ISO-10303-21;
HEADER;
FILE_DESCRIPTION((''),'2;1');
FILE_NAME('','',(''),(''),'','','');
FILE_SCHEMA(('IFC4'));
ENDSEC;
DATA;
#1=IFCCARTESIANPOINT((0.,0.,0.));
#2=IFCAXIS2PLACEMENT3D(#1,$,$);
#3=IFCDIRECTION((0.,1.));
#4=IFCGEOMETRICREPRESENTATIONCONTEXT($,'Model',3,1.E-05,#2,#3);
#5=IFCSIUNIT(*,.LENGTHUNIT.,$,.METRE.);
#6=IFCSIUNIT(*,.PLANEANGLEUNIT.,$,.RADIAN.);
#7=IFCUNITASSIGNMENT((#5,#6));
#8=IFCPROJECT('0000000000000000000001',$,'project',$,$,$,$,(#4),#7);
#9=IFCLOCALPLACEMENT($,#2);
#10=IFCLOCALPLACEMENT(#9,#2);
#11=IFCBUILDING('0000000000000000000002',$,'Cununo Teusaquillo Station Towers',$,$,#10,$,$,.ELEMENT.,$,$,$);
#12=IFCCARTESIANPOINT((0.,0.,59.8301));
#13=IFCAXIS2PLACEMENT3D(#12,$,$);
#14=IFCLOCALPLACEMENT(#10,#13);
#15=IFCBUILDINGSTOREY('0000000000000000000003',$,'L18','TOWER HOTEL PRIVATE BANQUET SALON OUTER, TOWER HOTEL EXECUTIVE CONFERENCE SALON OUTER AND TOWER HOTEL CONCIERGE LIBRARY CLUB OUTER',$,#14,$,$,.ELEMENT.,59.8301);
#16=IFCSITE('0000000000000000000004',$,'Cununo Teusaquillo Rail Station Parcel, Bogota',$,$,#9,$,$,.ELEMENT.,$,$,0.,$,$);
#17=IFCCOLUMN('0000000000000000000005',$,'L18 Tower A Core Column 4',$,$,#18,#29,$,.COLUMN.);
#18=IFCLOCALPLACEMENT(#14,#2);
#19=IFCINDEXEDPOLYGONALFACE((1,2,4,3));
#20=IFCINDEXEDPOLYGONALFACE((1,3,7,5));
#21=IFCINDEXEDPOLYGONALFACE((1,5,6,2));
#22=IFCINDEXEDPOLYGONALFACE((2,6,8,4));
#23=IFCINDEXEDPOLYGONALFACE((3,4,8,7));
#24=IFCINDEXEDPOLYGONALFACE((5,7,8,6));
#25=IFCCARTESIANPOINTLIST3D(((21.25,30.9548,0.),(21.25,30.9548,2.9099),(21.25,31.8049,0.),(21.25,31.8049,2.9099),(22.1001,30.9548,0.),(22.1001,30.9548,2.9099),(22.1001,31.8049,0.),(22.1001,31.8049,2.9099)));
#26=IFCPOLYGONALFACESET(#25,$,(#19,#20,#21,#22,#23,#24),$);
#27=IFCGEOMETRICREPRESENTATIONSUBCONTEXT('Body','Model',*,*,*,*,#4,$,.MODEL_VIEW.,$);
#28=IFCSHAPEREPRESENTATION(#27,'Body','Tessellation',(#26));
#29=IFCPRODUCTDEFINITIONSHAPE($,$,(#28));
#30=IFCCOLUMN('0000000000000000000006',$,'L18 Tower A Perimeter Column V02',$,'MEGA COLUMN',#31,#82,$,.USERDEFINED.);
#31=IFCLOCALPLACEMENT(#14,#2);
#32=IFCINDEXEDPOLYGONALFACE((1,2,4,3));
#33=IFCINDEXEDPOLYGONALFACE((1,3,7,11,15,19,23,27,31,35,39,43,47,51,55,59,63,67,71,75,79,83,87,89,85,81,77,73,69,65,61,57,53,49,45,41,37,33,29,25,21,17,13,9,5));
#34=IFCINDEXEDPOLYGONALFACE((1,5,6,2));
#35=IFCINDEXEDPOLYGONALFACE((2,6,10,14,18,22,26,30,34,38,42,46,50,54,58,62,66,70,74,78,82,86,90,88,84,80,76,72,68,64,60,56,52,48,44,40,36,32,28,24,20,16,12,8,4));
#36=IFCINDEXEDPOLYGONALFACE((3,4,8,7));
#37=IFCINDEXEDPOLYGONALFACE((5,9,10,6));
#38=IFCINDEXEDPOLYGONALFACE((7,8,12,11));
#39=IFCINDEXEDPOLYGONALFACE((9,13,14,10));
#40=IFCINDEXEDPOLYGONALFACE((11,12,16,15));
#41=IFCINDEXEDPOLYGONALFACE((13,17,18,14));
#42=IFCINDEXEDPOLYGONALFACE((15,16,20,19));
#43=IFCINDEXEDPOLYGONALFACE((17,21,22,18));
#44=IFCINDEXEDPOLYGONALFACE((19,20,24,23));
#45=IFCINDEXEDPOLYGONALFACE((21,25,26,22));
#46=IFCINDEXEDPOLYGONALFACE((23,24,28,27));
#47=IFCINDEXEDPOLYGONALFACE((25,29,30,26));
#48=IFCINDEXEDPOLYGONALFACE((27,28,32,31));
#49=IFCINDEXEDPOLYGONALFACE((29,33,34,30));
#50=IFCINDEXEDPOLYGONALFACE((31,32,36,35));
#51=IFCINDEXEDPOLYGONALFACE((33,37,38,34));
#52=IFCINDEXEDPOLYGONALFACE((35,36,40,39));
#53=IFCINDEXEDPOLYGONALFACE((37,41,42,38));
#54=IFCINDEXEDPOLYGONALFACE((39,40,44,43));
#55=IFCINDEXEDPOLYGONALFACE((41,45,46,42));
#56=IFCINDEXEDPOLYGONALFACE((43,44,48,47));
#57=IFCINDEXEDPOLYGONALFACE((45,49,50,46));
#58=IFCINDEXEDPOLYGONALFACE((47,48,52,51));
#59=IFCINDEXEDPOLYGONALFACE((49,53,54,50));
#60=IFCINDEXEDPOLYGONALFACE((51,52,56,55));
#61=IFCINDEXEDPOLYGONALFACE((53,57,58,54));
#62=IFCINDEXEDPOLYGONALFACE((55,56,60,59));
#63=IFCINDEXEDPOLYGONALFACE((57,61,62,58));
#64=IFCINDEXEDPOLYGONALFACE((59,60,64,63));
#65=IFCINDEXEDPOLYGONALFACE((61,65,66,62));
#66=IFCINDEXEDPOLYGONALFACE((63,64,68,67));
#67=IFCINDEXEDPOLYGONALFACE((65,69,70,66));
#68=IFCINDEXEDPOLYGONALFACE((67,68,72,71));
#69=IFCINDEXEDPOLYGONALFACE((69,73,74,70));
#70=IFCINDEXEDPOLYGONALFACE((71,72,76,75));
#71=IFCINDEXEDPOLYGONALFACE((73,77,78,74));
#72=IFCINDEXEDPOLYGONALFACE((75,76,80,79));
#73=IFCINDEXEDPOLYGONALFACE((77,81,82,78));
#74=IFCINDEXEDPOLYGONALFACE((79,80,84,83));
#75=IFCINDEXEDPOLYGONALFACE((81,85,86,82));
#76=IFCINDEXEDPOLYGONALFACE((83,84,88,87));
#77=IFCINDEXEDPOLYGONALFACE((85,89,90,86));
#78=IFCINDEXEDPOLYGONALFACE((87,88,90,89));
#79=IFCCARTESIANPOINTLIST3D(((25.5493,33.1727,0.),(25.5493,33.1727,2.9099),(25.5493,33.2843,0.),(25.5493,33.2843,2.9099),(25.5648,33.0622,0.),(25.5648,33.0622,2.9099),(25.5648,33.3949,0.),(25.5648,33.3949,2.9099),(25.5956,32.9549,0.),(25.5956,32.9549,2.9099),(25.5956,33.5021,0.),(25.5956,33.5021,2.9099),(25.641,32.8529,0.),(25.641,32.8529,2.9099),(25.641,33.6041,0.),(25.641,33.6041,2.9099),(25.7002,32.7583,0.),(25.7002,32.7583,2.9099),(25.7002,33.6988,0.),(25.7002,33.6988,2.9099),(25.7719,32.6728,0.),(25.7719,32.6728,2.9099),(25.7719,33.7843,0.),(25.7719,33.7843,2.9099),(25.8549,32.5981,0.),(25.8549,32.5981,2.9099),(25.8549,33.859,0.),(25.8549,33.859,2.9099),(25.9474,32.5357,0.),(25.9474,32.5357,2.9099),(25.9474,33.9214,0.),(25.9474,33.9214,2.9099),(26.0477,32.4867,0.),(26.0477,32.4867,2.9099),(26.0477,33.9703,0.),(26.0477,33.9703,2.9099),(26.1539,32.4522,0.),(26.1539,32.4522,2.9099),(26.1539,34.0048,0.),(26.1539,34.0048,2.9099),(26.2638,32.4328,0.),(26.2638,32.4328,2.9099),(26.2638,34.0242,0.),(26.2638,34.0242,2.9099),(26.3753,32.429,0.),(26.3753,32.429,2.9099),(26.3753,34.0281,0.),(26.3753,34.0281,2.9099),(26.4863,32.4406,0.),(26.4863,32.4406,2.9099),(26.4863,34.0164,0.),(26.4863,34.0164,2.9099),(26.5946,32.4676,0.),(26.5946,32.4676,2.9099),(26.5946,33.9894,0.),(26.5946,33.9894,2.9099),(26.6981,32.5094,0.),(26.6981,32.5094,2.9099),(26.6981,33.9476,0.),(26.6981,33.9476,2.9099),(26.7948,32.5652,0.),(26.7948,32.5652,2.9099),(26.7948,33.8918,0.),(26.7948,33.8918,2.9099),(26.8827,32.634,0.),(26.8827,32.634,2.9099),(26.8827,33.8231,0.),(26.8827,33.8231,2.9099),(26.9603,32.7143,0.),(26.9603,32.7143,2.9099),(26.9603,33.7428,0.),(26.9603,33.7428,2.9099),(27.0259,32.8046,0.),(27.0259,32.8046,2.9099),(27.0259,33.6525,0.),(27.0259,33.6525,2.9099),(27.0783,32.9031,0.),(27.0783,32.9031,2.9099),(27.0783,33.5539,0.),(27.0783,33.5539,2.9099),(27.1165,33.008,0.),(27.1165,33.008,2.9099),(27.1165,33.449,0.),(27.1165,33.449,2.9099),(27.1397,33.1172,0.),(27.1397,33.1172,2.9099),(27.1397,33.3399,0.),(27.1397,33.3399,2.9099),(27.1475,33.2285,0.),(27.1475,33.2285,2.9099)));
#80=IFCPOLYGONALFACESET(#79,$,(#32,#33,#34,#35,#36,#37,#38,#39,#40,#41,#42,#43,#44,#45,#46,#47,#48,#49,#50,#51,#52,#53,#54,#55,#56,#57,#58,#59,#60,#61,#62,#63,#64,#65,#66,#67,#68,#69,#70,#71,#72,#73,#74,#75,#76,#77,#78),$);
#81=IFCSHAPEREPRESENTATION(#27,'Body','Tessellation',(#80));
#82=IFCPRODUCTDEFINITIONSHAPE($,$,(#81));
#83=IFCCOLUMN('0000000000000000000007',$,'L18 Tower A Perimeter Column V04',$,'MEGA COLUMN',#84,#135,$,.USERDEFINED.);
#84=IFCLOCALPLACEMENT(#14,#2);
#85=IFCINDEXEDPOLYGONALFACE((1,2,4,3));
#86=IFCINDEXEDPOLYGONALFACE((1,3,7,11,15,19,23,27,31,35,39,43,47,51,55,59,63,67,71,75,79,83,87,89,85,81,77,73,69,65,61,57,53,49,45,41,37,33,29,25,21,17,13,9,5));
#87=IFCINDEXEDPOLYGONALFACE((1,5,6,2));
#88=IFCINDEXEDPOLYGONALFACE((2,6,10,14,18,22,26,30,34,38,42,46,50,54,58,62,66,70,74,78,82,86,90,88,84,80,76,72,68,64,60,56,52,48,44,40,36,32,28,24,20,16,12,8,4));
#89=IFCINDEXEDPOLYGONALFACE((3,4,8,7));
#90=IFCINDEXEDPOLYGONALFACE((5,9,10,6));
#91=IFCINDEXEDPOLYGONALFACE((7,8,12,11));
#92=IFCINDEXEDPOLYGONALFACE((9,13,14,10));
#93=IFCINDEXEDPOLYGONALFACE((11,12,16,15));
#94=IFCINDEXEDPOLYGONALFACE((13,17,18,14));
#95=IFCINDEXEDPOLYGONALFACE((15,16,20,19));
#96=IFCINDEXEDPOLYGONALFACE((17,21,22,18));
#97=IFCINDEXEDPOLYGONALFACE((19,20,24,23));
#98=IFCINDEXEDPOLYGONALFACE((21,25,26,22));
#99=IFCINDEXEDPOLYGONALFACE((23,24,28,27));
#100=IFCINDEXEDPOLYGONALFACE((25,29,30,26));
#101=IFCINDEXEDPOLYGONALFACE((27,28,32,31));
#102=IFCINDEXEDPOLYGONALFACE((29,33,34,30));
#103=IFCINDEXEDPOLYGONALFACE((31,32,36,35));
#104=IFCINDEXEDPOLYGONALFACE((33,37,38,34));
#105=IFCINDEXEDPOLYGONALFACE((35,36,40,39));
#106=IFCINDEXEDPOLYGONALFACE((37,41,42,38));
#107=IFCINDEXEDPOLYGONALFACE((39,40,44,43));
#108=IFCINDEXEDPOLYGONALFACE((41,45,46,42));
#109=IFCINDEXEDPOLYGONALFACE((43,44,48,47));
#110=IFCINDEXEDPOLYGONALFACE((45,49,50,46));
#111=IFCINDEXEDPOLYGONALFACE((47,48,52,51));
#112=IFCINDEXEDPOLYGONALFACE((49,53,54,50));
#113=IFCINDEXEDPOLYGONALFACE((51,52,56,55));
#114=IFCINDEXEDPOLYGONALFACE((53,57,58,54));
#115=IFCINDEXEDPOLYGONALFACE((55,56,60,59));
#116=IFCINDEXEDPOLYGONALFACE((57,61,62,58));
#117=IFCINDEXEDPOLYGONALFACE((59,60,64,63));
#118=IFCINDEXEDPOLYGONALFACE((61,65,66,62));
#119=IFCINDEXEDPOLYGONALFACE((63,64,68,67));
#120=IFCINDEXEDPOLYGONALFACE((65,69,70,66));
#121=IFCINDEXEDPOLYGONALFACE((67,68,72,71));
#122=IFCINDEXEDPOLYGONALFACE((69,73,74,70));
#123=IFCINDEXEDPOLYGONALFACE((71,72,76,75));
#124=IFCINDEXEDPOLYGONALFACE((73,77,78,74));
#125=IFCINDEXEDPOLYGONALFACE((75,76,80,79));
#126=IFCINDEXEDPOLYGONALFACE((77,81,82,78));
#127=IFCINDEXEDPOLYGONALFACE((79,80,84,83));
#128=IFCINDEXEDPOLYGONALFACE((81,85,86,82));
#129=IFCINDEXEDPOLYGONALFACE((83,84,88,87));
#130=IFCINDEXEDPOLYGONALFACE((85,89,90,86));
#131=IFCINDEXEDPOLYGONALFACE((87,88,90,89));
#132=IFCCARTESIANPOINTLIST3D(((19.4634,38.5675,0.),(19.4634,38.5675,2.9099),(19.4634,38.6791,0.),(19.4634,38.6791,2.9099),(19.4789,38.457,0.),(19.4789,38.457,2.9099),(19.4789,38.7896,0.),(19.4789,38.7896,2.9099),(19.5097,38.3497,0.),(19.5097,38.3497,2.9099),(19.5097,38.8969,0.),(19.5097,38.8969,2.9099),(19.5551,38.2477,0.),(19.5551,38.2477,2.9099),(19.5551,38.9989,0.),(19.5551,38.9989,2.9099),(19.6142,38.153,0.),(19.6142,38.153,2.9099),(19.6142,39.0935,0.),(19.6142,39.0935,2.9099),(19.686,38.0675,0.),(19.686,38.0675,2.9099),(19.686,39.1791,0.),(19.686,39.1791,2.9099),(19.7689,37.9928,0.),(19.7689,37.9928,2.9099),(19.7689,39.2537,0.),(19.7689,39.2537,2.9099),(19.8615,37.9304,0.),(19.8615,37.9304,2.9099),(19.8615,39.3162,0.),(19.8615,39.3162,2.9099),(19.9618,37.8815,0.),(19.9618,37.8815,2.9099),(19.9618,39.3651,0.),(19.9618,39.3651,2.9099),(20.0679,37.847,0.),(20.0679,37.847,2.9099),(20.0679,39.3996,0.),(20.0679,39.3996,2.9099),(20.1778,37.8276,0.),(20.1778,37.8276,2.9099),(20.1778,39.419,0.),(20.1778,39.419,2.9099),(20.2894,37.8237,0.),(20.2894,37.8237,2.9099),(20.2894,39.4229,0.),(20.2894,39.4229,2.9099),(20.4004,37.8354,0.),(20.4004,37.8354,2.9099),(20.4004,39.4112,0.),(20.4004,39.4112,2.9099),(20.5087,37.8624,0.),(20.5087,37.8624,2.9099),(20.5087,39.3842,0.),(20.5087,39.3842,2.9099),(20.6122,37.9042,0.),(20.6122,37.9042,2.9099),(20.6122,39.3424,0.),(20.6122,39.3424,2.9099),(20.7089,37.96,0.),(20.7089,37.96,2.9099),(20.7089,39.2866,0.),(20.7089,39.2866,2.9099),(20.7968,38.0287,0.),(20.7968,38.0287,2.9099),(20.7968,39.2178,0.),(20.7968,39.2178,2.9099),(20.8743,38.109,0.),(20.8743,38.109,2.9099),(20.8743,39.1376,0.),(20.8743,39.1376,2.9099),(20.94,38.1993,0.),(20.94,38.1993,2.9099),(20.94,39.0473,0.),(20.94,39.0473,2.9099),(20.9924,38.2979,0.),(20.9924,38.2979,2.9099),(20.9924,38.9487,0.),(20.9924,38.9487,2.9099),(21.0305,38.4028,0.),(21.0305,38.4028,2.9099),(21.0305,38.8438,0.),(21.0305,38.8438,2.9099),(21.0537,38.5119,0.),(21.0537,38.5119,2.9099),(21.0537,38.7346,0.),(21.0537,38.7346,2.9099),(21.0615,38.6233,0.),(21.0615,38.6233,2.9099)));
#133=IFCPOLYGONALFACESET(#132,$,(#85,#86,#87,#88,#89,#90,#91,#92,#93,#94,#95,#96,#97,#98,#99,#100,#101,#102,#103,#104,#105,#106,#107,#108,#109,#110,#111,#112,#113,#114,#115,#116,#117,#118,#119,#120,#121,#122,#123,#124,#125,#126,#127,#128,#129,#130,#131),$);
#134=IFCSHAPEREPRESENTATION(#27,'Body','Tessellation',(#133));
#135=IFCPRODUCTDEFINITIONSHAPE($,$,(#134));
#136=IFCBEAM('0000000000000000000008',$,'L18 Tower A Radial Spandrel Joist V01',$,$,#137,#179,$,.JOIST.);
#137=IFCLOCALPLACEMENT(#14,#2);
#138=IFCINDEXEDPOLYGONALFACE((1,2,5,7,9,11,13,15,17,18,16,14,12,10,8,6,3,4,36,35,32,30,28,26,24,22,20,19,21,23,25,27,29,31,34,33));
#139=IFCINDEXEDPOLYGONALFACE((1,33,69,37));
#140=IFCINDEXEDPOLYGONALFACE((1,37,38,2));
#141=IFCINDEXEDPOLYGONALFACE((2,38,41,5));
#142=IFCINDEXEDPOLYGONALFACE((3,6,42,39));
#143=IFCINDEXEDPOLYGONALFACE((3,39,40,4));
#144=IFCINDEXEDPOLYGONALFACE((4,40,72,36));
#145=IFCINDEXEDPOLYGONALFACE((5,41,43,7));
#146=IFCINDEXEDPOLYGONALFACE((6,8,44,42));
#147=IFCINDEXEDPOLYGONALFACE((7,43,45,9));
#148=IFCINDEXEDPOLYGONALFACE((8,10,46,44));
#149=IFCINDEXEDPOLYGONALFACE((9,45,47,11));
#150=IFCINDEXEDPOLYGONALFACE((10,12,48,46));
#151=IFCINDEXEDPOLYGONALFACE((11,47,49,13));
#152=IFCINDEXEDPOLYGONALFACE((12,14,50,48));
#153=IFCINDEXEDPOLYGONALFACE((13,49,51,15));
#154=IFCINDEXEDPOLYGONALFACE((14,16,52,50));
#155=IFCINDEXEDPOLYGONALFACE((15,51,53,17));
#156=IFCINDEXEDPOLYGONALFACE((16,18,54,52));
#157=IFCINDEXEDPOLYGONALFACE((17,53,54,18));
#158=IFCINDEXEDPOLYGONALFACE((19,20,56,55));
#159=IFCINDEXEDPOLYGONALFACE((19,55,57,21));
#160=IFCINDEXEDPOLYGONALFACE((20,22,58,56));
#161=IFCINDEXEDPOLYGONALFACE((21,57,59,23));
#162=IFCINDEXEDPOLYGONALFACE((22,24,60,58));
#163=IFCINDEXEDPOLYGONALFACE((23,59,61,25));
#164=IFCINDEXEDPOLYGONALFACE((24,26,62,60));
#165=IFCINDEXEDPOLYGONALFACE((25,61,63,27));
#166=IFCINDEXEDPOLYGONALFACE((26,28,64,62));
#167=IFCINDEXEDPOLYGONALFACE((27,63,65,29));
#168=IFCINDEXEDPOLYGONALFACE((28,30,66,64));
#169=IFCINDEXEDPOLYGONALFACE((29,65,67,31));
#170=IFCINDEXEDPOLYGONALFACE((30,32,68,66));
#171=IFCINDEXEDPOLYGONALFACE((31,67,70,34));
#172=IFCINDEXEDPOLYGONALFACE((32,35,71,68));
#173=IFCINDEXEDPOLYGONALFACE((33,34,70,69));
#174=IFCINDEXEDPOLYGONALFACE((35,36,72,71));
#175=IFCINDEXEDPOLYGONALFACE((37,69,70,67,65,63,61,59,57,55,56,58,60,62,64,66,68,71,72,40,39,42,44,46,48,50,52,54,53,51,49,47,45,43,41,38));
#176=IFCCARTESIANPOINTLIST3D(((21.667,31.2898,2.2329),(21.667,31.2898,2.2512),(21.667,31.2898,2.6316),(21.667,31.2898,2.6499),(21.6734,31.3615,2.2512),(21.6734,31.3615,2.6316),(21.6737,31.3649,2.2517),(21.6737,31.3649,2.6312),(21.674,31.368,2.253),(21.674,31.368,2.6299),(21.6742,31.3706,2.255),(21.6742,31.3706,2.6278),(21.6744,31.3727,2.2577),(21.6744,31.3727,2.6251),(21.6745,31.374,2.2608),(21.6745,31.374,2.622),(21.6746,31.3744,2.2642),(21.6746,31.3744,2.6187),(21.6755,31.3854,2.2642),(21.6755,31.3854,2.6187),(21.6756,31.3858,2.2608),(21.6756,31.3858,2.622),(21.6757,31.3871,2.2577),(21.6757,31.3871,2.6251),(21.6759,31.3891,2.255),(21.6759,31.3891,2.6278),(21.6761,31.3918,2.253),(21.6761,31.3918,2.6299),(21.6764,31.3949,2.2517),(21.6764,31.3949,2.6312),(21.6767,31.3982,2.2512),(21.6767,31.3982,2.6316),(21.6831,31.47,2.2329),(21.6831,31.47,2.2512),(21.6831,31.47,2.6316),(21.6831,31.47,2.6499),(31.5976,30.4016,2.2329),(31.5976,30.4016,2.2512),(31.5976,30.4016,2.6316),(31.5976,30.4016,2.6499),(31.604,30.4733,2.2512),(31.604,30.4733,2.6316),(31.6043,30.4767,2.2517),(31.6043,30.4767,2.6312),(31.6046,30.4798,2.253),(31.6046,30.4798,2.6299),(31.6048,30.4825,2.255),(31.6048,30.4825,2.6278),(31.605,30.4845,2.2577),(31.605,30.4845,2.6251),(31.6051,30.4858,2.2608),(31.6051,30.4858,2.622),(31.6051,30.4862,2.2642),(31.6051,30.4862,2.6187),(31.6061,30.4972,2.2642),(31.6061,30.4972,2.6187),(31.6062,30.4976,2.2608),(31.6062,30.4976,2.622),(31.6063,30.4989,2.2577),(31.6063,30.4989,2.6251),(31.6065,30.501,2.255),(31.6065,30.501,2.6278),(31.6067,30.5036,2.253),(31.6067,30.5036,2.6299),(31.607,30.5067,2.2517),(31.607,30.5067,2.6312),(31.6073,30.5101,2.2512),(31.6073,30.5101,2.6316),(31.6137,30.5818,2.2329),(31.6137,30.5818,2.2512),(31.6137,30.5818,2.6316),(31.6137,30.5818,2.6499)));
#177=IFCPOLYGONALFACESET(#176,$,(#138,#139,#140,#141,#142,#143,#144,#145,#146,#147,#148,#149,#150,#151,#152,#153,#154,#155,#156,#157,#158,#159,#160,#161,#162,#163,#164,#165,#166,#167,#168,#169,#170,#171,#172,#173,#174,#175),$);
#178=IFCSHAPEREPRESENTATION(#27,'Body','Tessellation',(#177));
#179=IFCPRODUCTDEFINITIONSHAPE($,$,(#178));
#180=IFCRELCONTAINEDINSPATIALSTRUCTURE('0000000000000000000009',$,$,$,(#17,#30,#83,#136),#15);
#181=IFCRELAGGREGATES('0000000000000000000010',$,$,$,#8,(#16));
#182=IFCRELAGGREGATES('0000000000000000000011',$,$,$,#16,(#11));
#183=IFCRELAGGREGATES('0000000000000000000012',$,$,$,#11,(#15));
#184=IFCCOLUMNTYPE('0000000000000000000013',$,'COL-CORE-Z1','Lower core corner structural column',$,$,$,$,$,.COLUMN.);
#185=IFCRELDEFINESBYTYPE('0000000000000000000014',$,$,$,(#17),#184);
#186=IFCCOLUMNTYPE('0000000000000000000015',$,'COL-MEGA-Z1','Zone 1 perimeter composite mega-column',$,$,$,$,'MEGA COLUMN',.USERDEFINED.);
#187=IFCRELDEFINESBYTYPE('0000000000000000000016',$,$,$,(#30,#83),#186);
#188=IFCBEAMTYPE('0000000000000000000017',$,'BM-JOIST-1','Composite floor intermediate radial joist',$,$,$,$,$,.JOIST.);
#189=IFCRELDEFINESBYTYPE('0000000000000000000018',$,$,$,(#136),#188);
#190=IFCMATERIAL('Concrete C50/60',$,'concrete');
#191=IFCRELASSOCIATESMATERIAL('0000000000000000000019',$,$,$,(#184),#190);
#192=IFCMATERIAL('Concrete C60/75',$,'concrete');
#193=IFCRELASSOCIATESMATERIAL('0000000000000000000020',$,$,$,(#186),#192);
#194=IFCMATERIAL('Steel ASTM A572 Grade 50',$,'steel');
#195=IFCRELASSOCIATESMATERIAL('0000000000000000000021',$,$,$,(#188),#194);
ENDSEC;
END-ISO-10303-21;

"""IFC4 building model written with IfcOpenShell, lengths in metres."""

from ifc_helpers import new_model, si_unit, direction, frame, origin, origin_2d, place, context, subcontext, project, spatial, rectangle, circle, i_section, extrude, material, material_profile, profile_set, type_object, element, save


model = new_model("IFC4")

# Units and contexts
model_context = context("Model", 3, precision=1e-05, world=origin(), true_north=direction((0.0, 1.0)))
body_context = subcontext(model_context, "Body", "Model", "MODEL_VIEW")
ifc_project = project(units=[si_unit("LENGTHUNIT", "METRE"), si_unit("PLANEANGLEUNIT", "RADIAN")], contexts=[model_context])

# Site, building, storey
site_placement = place(None, origin())
site = spatial("IfcSite", under=ifc_project, at=site_placement, Name="Cununo Teusaquillo Rail Station Parcel, Bogota", CompositionType="ELEMENT", RefElevation=0.0)
building_placement = place(site_placement, origin())
building = spatial("IfcBuilding", under=site, at=building_placement, Name="Cununo Teusaquillo Station Towers", CompositionType="ELEMENT")
storey_placement = place(building_placement, frame((0.0, 0.0, 59.8301)))
storey = spatial("IfcBuildingStorey", under=building, at=storey_placement, Name="L18", Description="TOWER HOTEL PRIVATE BANQUET SALON OUTER, TOWER HOTEL EXECUTIVE CONFERENCE SALON OUTER AND TOWER HOTEL CONCIERGE LIBRARY CLUB OUTER", CompositionType="ELEMENT", Elevation=59.8301)

# Columns
ifc_material_1 = material(Name="Concrete C50/60", Category="concrete")
ifc_material_profile_1 = material_profile(ifc_material_1, rectangle(XDim=0.8501, YDim=0.8501, at=origin_2d()), Name="RC-RECT-850x850")
ifc_profile_set_1 = profile_set([ifc_material_profile_1], Name="Concrete C50/60")
column_type_1 = type_object("IfcColumnType", Name="COL-CORE-Z1", Description="Lower core corner structural column", PredefinedType="COLUMN", material=ifc_profile_set_1)
column_placement = place(storey_placement, frame((21.675, 31.3799, 0.0), z_axis=(0.0, 0.0, 1.0), x_axis=(1.0, 0.0, 0.0)))
element("IfcColumn", 1, at=column_placement, inside=storey, type_object=column_type_1, Name="L18 Tower A Core Column 4", PredefinedType="COLUMN", context=body_context, shape_type="SweptSolid", body=[
    extrude(rectangle(XDim=0.8501, YDim=0.8501, at=origin_2d()), origin(), (0.0, 0.0, 1.0), 2.9099),
])
ifc_material_2 = material(Name="Concrete C60/75", Category="concrete")
ifc_material_profile_2 = material_profile(ifc_material_2, circle(Radius=0.8, at=origin_2d()), Name="RC-CIRC-1600")
ifc_profile_set_2 = profile_set([ifc_material_profile_2], Name="Concrete C60/75")
column_type_2 = type_object("IfcColumnType", Name="COL-MEGA-Z1", Description="Zone 1 perimeter composite mega-column", ElementType="MEGA COLUMN", PredefinedType="USERDEFINED", material=ifc_profile_set_2)
for number, where, z_axis, x_axis, name in (
    (2, (26.3474, 33.2285, 0.0), (0.0, 0.0, 1.0), (1.0, 0.0, 0.0), "L18 Tower A Perimeter Column V02"),
    (3, (20.2615, 38.6233, 0.0), (0.0, 0.0, 1.0), (1.0, 0.0, 0.0), "L18 Tower A Perimeter Column V04"),
):
    element("IfcColumn", number, at=place(storey_placement, frame(where, z_axis=z_axis, x_axis=x_axis)), inside=storey, type_object=column_type_2, Name=name, ObjectType="MEGA COLUMN", PredefinedType="USERDEFINED", context=body_context, shape_type="SweptSolid", body=[
        extrude(circle(Radius=0.8, at=origin_2d()), origin(), (0.0, 0.0, 1.0), 2.9099),
    ])

# Beam
ifc_material_3 = material(Name="Steel ASTM A572 Grade 50", Category="steel")
ifc_material_profile_3 = material_profile(ifc_material_3, i_section(OverallWidth=0.1809, OverallDepth=0.417, WebThickness=0.011, FlangeThickness=0.0183, FilletRadius=0.0129, at=origin_2d()), Name="W16X57")
ifc_profile_set_3 = profile_set([ifc_material_profile_3], Name="Steel ASTM A572 Grade 50")
beam_type_1 = type_object("IfcBeamType", Name="BM-JOIST-1", Description="Composite floor intermediate radial joist", PredefinedType="JOIST", material=ifc_profile_set_3)
beam_1_placement = place(storey_placement, frame((21.675, 31.3799, 2.4414), z_axis=(0.996024, -0.089083, 0.0), x_axis=(0.089083, 0.996024, 0.0)))
element("IfcBeam", 4, at=beam_1_placement, inside=storey, type_object=beam_type_1, Name="L18 Tower A Radial Spandrel Joist V01", PredefinedType="JOIST", context=body_context, shape_type="SweptSolid", body=[
    extrude(i_section(OverallWidth=0.1809, OverallDepth=0.417, WebThickness=0.011, FlangeThickness=0.0183, FilletRadius=0.0129, at=origin_2d()), origin(), (0.0, 0.0, 1.0), 9.9702),
])

save(model, "model.ifc")
